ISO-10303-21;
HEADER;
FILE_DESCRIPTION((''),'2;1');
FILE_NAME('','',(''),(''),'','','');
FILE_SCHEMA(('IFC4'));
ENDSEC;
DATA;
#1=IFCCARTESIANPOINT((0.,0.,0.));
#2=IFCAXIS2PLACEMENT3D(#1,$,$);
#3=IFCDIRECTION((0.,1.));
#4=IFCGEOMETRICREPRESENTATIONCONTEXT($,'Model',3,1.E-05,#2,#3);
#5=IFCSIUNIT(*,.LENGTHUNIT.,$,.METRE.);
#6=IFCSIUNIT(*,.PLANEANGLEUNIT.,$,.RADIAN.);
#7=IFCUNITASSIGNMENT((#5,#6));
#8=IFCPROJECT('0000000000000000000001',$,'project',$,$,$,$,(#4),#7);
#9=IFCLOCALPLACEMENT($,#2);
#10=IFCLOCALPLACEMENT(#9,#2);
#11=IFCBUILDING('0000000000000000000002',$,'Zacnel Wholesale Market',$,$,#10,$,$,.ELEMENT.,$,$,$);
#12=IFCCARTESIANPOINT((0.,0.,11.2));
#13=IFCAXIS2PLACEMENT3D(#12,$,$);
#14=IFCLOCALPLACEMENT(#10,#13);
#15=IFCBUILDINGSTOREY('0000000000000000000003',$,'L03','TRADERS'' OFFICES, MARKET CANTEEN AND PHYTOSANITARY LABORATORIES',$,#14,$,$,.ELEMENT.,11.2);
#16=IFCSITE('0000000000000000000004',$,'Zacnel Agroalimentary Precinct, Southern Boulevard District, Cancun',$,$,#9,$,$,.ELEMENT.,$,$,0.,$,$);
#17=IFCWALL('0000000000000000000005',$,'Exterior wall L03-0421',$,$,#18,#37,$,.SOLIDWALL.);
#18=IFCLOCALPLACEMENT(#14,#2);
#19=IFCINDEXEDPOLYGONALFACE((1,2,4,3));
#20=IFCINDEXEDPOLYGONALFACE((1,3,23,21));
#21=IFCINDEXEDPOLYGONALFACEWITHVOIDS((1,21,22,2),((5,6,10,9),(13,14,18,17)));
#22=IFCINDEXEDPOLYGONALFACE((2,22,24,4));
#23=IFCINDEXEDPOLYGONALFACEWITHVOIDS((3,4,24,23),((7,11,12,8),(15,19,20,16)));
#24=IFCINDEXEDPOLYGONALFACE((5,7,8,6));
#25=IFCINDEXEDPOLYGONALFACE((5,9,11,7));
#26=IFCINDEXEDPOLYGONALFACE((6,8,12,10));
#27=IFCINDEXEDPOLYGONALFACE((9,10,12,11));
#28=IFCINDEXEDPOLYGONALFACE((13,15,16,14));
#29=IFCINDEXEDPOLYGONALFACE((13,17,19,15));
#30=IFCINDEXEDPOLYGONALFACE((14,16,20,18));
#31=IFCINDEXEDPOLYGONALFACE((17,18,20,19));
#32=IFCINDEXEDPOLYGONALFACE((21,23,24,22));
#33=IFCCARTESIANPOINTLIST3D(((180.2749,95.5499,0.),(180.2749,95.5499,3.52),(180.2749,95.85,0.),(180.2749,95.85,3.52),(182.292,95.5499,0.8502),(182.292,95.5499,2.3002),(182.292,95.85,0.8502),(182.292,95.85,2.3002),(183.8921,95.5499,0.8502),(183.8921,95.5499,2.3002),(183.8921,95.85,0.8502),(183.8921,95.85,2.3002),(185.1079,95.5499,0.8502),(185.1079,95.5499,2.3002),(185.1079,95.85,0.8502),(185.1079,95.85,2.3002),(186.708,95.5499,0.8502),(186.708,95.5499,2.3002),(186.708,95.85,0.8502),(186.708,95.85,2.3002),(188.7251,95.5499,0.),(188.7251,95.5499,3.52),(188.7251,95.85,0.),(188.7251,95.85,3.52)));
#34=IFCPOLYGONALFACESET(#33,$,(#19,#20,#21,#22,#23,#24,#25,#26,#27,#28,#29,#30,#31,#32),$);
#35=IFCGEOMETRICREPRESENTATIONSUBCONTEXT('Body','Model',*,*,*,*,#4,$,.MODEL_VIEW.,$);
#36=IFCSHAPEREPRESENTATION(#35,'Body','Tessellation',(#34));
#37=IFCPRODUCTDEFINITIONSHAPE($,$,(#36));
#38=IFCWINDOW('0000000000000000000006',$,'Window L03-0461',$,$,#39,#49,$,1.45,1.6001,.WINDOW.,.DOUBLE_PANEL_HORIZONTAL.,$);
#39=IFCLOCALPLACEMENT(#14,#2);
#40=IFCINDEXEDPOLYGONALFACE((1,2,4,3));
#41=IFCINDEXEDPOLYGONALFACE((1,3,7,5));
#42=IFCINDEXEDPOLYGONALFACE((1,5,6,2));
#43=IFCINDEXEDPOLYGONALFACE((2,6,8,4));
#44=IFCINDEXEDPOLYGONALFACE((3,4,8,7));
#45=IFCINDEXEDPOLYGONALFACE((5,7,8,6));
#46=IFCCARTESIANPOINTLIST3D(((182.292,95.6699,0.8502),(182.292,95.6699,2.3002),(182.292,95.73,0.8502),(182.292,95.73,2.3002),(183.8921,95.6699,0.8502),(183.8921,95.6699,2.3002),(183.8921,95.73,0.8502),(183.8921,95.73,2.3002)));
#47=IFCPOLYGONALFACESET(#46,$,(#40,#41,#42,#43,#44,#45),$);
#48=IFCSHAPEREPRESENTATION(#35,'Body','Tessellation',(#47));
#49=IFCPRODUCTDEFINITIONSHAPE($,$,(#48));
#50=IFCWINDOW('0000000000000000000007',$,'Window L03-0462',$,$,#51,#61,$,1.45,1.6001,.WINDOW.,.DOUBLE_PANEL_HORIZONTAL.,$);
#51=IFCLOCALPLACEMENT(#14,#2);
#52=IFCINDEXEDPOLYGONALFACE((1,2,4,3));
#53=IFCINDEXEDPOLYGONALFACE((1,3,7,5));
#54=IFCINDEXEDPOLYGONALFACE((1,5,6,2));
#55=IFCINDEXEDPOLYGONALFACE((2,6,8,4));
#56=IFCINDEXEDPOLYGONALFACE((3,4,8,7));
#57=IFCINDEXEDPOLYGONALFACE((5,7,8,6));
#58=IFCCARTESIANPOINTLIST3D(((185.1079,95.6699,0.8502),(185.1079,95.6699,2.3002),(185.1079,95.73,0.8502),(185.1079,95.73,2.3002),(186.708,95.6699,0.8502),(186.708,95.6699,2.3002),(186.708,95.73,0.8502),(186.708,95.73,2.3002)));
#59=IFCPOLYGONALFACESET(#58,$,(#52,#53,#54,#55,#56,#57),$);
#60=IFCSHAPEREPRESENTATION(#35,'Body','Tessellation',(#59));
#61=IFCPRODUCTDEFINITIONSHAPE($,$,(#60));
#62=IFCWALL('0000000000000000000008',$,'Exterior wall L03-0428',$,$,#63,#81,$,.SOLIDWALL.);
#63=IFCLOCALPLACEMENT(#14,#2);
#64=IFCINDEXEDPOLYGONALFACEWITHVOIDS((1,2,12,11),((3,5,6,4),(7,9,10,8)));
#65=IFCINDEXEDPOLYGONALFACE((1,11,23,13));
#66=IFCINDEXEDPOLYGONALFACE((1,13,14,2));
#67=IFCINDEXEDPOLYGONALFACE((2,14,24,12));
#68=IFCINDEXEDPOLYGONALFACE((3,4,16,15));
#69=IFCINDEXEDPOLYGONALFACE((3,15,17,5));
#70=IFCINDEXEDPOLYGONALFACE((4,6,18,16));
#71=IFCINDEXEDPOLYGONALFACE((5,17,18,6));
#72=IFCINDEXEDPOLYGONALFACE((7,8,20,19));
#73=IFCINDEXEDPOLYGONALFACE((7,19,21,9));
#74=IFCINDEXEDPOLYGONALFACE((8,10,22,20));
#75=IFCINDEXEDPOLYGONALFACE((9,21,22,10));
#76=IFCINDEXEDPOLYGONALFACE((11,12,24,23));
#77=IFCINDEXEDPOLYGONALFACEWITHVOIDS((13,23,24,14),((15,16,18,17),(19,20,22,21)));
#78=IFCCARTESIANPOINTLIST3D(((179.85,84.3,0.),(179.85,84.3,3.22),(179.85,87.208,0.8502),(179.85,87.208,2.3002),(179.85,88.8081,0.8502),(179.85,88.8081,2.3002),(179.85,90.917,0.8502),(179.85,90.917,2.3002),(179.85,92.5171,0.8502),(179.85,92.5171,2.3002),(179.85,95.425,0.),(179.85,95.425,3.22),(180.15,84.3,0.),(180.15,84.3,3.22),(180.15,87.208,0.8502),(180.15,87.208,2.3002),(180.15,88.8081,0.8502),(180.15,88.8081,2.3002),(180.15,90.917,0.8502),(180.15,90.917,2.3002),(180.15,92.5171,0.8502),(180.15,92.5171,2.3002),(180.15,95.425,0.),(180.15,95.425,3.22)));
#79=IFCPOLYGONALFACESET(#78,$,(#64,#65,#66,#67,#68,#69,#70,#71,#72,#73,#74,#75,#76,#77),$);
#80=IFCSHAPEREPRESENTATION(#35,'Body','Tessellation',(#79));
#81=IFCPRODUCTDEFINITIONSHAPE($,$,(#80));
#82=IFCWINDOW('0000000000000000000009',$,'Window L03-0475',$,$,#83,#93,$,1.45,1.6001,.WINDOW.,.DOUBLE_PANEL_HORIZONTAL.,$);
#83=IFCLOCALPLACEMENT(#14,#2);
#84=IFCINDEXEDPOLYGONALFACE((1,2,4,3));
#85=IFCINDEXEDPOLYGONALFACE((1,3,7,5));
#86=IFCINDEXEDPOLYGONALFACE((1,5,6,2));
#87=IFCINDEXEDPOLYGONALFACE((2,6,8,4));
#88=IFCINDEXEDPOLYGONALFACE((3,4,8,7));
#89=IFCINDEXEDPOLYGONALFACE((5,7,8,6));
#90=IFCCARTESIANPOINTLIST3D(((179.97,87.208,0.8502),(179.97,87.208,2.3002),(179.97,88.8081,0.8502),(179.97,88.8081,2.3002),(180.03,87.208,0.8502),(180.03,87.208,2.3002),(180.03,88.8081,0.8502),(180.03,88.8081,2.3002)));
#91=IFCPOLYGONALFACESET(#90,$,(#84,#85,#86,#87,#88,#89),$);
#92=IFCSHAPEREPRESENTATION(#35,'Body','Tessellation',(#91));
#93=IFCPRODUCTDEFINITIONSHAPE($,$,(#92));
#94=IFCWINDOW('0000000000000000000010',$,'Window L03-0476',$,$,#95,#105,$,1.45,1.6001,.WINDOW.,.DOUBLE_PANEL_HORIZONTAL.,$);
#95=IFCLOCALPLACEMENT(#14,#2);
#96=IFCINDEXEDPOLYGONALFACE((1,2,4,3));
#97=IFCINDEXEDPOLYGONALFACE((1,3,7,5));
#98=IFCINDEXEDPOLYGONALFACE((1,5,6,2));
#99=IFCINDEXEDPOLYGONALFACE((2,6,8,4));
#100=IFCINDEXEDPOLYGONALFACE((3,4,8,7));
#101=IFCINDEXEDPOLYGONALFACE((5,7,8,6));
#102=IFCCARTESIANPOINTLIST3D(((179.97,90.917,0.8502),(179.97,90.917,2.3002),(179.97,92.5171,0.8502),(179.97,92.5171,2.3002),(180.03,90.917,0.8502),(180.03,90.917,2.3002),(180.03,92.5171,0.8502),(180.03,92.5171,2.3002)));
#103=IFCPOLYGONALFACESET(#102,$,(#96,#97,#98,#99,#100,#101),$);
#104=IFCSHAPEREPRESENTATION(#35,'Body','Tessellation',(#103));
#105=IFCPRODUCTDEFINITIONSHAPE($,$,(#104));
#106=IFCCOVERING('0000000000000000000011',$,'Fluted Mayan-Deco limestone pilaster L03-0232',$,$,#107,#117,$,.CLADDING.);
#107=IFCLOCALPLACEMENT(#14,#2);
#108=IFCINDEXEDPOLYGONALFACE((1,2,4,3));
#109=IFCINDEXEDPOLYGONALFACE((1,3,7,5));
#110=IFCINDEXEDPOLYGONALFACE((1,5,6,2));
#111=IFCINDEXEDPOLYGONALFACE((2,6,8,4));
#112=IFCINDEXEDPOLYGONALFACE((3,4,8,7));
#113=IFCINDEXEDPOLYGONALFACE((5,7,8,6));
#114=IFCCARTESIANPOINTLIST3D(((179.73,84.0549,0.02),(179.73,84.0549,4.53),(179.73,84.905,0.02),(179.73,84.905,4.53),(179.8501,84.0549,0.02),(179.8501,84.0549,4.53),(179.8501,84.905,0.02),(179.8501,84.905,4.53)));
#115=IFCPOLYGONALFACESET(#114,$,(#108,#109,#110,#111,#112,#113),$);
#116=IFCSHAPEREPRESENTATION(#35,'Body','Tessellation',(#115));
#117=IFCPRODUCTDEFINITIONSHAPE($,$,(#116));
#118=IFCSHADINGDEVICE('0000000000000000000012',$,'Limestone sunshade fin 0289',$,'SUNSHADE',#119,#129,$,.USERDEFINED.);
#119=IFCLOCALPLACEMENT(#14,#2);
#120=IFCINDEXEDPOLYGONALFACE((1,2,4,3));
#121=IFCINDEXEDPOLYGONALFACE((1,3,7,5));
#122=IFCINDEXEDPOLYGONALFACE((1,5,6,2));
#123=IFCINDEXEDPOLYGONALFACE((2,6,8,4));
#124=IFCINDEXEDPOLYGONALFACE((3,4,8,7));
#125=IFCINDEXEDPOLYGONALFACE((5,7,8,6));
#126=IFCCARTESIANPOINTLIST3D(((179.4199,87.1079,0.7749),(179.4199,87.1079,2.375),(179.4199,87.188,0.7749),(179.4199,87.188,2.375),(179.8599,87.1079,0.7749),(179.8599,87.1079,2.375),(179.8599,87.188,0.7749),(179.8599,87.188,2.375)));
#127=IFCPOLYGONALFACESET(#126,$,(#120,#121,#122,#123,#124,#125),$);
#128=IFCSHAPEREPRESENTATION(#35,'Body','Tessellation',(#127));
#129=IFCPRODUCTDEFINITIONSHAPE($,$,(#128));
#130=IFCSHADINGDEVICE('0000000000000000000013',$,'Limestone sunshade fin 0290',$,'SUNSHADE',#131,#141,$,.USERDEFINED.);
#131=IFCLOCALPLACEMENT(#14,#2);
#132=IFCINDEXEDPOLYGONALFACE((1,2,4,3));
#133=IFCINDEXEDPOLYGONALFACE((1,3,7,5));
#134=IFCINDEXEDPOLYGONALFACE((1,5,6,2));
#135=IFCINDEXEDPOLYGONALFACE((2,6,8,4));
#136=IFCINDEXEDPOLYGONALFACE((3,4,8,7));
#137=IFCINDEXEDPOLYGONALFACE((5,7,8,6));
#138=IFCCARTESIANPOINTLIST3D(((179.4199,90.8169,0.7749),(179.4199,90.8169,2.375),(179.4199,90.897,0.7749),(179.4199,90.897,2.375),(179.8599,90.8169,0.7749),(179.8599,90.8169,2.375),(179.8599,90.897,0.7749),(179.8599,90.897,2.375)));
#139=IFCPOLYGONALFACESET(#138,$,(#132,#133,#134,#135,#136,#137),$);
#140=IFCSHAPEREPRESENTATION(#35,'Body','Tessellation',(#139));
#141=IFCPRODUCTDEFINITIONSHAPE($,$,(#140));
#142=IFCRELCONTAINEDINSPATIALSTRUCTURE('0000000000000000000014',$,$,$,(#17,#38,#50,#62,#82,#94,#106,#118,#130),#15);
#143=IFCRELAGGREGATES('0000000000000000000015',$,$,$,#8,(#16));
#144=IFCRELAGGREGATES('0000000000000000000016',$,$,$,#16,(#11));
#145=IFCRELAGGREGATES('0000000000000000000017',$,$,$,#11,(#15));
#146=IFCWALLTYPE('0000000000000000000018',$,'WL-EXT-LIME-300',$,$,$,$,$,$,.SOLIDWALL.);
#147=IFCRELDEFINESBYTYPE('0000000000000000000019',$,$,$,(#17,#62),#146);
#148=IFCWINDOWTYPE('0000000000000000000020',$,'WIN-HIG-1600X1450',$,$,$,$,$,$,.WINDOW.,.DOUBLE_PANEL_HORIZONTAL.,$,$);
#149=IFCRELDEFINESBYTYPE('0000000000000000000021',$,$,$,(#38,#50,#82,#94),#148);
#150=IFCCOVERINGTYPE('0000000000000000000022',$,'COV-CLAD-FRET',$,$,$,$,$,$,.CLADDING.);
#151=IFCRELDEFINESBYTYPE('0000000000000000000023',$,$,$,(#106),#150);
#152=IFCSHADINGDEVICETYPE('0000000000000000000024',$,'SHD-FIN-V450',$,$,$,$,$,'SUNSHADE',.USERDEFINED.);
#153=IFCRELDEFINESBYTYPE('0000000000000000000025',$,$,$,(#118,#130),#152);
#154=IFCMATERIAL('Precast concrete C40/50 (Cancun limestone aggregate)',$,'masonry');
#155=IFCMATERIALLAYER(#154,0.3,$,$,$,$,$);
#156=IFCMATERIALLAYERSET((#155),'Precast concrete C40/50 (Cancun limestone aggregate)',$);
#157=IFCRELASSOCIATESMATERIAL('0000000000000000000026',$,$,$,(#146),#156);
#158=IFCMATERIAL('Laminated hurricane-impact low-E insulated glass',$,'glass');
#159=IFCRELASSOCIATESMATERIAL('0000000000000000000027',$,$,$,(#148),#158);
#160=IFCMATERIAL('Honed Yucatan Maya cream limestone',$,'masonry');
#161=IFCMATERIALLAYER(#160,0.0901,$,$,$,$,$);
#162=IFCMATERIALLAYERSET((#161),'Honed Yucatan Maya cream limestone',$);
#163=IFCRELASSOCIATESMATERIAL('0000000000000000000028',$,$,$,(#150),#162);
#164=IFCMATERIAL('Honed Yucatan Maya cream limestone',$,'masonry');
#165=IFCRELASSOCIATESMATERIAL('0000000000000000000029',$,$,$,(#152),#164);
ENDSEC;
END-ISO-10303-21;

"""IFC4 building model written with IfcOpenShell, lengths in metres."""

from ifc_helpers import new_model, si_unit, direction, frame, frame_2d, origin, origin_2d, place, context, subcontext, project, spatial, rectangle, extrude, material, layer, layer_set, type_object, element, fill, save


model = new_model("IFC4")

# Units and contexts
model_context = context("Model", 3, precision=1e-05, world=origin(), true_north=direction((0.0, 1.0)))
body_context = subcontext(model_context, "Body", "Model", "MODEL_VIEW")
ifc_project = project(units=[si_unit("LENGTHUNIT", "METRE"), si_unit("PLANEANGLEUNIT", "RADIAN")], contexts=[model_context])

# Site, building, storey
site_placement = place(None, origin())
site = spatial("IfcSite", under=ifc_project, at=site_placement, Name="Zacnel Agroalimentary Precinct, Southern Boulevard District, Cancun", CompositionType="ELEMENT", RefElevation=0.0)
building_placement = place(site_placement, origin())
building = spatial("IfcBuilding", under=site, at=building_placement, Name="Zacnel Wholesale Market", CompositionType="ELEMENT")
storey_placement = place(building_placement, frame((0.0, 0.0, 11.2)))
storey = spatial("IfcBuildingStorey", under=building, at=storey_placement, Name="L03", Description="TRADERS' OFFICES, MARKET CANTEEN AND PHYTOSANITARY LABORATORIES", CompositionType="ELEMENT", Elevation=11.2)

# Walls, openings, windows
ifc_material_1 = material(Name="Precast concrete C40/50 (Cancun limestone aggregate)", Category="masonry")
ifc_layer_1 = layer(ifc_material_1, 0.3)
ifc_layer_set_1 = layer_set([ifc_layer_1], Name="Precast concrete C40/50 (Cancun limestone aggregate)")
wall_type = type_object("IfcWallType", Name="WL-EXT-LIME-300", PredefinedType="SOLIDWALL", material=ifc_layer_set_1)
wall_1_placement = place(storey_placement, frame((180.2749, 95.7, 0.0), z_axis=(0.0, 0.0, 1.0), x_axis=(1.0, 0.0, 0.0)))
wall_1 = element("IfcWall", 1, at=wall_1_placement, inside=storey, type_object=wall_type, Name="Exterior wall L03-0421", PredefinedType="SOLIDWALL", context=body_context, shape_type="SweptSolid", body=[
    extrude(rectangle(XDim=8.4502, YDim=0.3, at=frame_2d((4.2251, 0.0))), origin(), (0.0, 0.0, 1.0), 3.52),
])
opening_1_placement = place(wall_1_placement, frame((2.0171, 0.0, 0.8501)))
opening_1 = element("IfcOpeningElement", 2, at=opening_1_placement, cuts=wall_1, PredefinedType="OPENING", context=body_context, shape_type="SweptSolid", body=[
    extrude(rectangle(XDim=1.6001, YDim=1.45, at=frame_2d((0.8, 0.7251))), frame((0.0, 0.1599, 0.0), z_axis=(0.0, -1.0, 0.0), x_axis=(1.0, 0.0, 0.0)), (0.0, 0.0, 1.0), 0.3201),
])
opening_2_placement = place(wall_1_placement, frame((4.833, 0.0, 0.8501)))
opening_2 = element("IfcOpeningElement", 3, at=opening_2_placement, cuts=wall_1, PredefinedType="OPENING", context=body_context, shape_type="SweptSolid", body=[
    extrude(rectangle(XDim=1.6001, YDim=1.45, at=frame_2d((0.8, 0.7251))), frame((0.0, 0.1599, 0.0), z_axis=(0.0, -1.0, 0.0), x_axis=(1.0, 0.0, 0.0)), (0.0, 0.0, 1.0), 0.3201),
])
ifc_material_2 = material(Name="Laminated hurricane-impact low-E insulated glass", Category="glass")
window_type = type_object("IfcWindowType", Name="WIN-HIG-1600X1450", PartitioningType="DOUBLE_PANEL_HORIZONTAL", PredefinedType="WINDOW", material=ifc_material_2)
window_1_placement = place(opening_1_placement, origin())
window_1 = element("IfcWindow", 4, at=window_1_placement, inside=storey, type_object=window_type, Name="Window L03-0461", OverallHeight=1.45, OverallWidth=1.6001, PartitioningType="DOUBLE_PANEL_HORIZONTAL", PredefinedType="WINDOW", context=body_context, shape_type="SweptSolid", body=[
    extrude(rectangle(XDim=1.6001, YDim=1.45, at=frame_2d((0.8, 0.7251))), frame((0.0, 0.03, 0.0), z_axis=(0.0, -1.0, 0.0), x_axis=(1.0, 0.0, 0.0)), (0.0, 0.0, 1.0), 0.0601),
])
fill(opening_1, window_1)
window_2_placement = place(opening_2_placement, origin())
window_2 = element("IfcWindow", 5, at=window_2_placement, inside=storey, type_object=window_type, Name="Window L03-0462", OverallHeight=1.45, OverallWidth=1.6001, PartitioningType="DOUBLE_PANEL_HORIZONTAL", PredefinedType="WINDOW", context=body_context, shape_type="SweptSolid", body=[
    extrude(rectangle(XDim=1.6001, YDim=1.45, at=frame_2d((0.8, 0.7251))), frame((0.0, 0.03, 0.0), z_axis=(0.0, -1.0, 0.0), x_axis=(1.0, 0.0, 0.0)), (0.0, 0.0, 1.0), 0.0601),
])
fill(opening_2, window_2)
wall_2_placement = place(storey_placement, frame((180.0, 84.3, 0.0), z_axis=(0.0, 0.0, 1.0), x_axis=(0.0, 1.0, 0.0)))
wall_2 = element("IfcWall", 6, at=wall_2_placement, inside=storey, type_object=wall_type, Name="Exterior wall L03-0428", PredefinedType="SOLIDWALL", context=body_context, shape_type="SweptSolid", body=[
    extrude(rectangle(XDim=11.125, YDim=0.3, at=frame_2d((5.5625, 0.0))), origin(), (0.0, 0.0, 1.0), 3.22),
])
opening_3_placement = place(wall_2_placement, frame((2.908, 0.0, 0.8501)))
opening_3 = element("IfcOpeningElement", 7, at=opening_3_placement, cuts=wall_2, PredefinedType="OPENING", context=body_context, shape_type="SweptSolid", body=[
    extrude(rectangle(XDim=1.6001, YDim=1.45, at=frame_2d((0.8, 0.7251))), frame((0.0, 0.1599, 0.0), z_axis=(0.0, -1.0, 0.0), x_axis=(1.0, 0.0, 0.0)), (0.0, 0.0, 1.0), 0.3201),
])
opening_4_placement = place(wall_2_placement, frame((6.6169, 0.0, 0.8501)))
opening_4 = element("IfcOpeningElement", 8, at=opening_4_placement, cuts=wall_2, PredefinedType="OPENING", context=body_context, shape_type="SweptSolid", body=[
    extrude(rectangle(XDim=1.6001, YDim=1.45, at=frame_2d((0.8, 0.7251))), frame((0.0, 0.1599, 0.0), z_axis=(0.0, -1.0, 0.0), x_axis=(1.0, 0.0, 0.0)), (0.0, 0.0, 1.0), 0.3201),
])
window_3_placement = place(opening_3_placement, origin())
window_3 = element("IfcWindow", 9, at=window_3_placement, inside=storey, type_object=window_type, Name="Window L03-0475", OverallHeight=1.45, OverallWidth=1.6001, PartitioningType="DOUBLE_PANEL_HORIZONTAL", PredefinedType="WINDOW", context=body_context, shape_type="SweptSolid", body=[
    extrude(rectangle(XDim=1.6001, YDim=1.45, at=frame_2d((0.8, 0.7251))), frame((0.0, 0.03, 0.0), z_axis=(0.0, -1.0, 0.0), x_axis=(1.0, 0.0, 0.0)), (0.0, 0.0, 1.0), 0.0601),
])
fill(opening_3, window_3)
window_4_placement = place(opening_4_placement, origin())
window_4 = element("IfcWindow", 10, at=window_4_placement, inside=storey, type_object=window_type, Name="Window L03-0476", OverallHeight=1.45, OverallWidth=1.6001, PartitioningType="DOUBLE_PANEL_HORIZONTAL", PredefinedType="WINDOW", context=body_context, shape_type="SweptSolid", body=[
    extrude(rectangle(XDim=1.6001, YDim=1.45, at=frame_2d((0.8, 0.7251))), frame((0.0, 0.03, 0.0), z_axis=(0.0, -1.0, 0.0), x_axis=(1.0, 0.0, 0.0)), (0.0, 0.0, 1.0), 0.0601),
])
fill(opening_4, window_4)

# Covering
ifc_material_3 = material(Name="Honed Yucatan Maya cream limestone", Category="masonry")
ifc_layer_2 = layer(ifc_material_3, 0.0901)
ifc_layer_set_2 = layer_set([ifc_layer_2], Name="Honed Yucatan Maya cream limestone")
covering_type = type_object("IfcCoveringType", Name="COV-CLAD-FRET", PredefinedType="CLADDING", material=ifc_layer_set_2)
covering_placement = place(storey_placement, frame((179.79, 84.48, 0.02), z_axis=(0.0, 0.0, 1.0), x_axis=(0.0, 1.0, 0.0)))
element("IfcCovering", 11, at=covering_placement, inside=storey, type_object=covering_type, Name="Fluted Mayan-Deco limestone pilaster L03-0232", PredefinedType="CLADDING", context=body_context, shape_type="SweptSolid", body=[
    extrude(rectangle(XDim=0.8501, YDim=0.1201, at=origin_2d()), origin(), (0.0, 0.0, 1.0), 4.51),
])

# Shading devices
ifc_material_4 = material(Name="Honed Yucatan Maya cream limestone", Category="masonry")
shading_device_type = type_object("IfcShadingDeviceType", Name="SHD-FIN-V450", ElementType="SUNSHADE", PredefinedType="USERDEFINED", material=ifc_material_4)
for number, where, z_axis, x_axis, name in (
    (12, (179.6399, 87.1479, 0.7749), (0.0, 0.0, 1.0), (0.0, 1.0, 0.0), "Limestone sunshade fin 0289"),
    (13, (179.6399, 90.8569, 0.7749), (0.0, 0.0, 1.0), (0.0, 1.0, 0.0), "Limestone sunshade fin 0290"),
):
    element("IfcShadingDevice", number, at=place(storey_placement, frame(where, z_axis=z_axis, x_axis=x_axis)), inside=storey, type_object=shading_device_type, Name=name, ObjectType="SUNSHADE", PredefinedType="USERDEFINED", context=body_context, shape_type="SweptSolid", body=[
        extrude(rectangle(XDim=0.0801, YDim=0.4399, at=origin_2d()), origin(), (0.0, 0.0, 1.0), 1.6001),
    ])

save(model, "model.ifc")
